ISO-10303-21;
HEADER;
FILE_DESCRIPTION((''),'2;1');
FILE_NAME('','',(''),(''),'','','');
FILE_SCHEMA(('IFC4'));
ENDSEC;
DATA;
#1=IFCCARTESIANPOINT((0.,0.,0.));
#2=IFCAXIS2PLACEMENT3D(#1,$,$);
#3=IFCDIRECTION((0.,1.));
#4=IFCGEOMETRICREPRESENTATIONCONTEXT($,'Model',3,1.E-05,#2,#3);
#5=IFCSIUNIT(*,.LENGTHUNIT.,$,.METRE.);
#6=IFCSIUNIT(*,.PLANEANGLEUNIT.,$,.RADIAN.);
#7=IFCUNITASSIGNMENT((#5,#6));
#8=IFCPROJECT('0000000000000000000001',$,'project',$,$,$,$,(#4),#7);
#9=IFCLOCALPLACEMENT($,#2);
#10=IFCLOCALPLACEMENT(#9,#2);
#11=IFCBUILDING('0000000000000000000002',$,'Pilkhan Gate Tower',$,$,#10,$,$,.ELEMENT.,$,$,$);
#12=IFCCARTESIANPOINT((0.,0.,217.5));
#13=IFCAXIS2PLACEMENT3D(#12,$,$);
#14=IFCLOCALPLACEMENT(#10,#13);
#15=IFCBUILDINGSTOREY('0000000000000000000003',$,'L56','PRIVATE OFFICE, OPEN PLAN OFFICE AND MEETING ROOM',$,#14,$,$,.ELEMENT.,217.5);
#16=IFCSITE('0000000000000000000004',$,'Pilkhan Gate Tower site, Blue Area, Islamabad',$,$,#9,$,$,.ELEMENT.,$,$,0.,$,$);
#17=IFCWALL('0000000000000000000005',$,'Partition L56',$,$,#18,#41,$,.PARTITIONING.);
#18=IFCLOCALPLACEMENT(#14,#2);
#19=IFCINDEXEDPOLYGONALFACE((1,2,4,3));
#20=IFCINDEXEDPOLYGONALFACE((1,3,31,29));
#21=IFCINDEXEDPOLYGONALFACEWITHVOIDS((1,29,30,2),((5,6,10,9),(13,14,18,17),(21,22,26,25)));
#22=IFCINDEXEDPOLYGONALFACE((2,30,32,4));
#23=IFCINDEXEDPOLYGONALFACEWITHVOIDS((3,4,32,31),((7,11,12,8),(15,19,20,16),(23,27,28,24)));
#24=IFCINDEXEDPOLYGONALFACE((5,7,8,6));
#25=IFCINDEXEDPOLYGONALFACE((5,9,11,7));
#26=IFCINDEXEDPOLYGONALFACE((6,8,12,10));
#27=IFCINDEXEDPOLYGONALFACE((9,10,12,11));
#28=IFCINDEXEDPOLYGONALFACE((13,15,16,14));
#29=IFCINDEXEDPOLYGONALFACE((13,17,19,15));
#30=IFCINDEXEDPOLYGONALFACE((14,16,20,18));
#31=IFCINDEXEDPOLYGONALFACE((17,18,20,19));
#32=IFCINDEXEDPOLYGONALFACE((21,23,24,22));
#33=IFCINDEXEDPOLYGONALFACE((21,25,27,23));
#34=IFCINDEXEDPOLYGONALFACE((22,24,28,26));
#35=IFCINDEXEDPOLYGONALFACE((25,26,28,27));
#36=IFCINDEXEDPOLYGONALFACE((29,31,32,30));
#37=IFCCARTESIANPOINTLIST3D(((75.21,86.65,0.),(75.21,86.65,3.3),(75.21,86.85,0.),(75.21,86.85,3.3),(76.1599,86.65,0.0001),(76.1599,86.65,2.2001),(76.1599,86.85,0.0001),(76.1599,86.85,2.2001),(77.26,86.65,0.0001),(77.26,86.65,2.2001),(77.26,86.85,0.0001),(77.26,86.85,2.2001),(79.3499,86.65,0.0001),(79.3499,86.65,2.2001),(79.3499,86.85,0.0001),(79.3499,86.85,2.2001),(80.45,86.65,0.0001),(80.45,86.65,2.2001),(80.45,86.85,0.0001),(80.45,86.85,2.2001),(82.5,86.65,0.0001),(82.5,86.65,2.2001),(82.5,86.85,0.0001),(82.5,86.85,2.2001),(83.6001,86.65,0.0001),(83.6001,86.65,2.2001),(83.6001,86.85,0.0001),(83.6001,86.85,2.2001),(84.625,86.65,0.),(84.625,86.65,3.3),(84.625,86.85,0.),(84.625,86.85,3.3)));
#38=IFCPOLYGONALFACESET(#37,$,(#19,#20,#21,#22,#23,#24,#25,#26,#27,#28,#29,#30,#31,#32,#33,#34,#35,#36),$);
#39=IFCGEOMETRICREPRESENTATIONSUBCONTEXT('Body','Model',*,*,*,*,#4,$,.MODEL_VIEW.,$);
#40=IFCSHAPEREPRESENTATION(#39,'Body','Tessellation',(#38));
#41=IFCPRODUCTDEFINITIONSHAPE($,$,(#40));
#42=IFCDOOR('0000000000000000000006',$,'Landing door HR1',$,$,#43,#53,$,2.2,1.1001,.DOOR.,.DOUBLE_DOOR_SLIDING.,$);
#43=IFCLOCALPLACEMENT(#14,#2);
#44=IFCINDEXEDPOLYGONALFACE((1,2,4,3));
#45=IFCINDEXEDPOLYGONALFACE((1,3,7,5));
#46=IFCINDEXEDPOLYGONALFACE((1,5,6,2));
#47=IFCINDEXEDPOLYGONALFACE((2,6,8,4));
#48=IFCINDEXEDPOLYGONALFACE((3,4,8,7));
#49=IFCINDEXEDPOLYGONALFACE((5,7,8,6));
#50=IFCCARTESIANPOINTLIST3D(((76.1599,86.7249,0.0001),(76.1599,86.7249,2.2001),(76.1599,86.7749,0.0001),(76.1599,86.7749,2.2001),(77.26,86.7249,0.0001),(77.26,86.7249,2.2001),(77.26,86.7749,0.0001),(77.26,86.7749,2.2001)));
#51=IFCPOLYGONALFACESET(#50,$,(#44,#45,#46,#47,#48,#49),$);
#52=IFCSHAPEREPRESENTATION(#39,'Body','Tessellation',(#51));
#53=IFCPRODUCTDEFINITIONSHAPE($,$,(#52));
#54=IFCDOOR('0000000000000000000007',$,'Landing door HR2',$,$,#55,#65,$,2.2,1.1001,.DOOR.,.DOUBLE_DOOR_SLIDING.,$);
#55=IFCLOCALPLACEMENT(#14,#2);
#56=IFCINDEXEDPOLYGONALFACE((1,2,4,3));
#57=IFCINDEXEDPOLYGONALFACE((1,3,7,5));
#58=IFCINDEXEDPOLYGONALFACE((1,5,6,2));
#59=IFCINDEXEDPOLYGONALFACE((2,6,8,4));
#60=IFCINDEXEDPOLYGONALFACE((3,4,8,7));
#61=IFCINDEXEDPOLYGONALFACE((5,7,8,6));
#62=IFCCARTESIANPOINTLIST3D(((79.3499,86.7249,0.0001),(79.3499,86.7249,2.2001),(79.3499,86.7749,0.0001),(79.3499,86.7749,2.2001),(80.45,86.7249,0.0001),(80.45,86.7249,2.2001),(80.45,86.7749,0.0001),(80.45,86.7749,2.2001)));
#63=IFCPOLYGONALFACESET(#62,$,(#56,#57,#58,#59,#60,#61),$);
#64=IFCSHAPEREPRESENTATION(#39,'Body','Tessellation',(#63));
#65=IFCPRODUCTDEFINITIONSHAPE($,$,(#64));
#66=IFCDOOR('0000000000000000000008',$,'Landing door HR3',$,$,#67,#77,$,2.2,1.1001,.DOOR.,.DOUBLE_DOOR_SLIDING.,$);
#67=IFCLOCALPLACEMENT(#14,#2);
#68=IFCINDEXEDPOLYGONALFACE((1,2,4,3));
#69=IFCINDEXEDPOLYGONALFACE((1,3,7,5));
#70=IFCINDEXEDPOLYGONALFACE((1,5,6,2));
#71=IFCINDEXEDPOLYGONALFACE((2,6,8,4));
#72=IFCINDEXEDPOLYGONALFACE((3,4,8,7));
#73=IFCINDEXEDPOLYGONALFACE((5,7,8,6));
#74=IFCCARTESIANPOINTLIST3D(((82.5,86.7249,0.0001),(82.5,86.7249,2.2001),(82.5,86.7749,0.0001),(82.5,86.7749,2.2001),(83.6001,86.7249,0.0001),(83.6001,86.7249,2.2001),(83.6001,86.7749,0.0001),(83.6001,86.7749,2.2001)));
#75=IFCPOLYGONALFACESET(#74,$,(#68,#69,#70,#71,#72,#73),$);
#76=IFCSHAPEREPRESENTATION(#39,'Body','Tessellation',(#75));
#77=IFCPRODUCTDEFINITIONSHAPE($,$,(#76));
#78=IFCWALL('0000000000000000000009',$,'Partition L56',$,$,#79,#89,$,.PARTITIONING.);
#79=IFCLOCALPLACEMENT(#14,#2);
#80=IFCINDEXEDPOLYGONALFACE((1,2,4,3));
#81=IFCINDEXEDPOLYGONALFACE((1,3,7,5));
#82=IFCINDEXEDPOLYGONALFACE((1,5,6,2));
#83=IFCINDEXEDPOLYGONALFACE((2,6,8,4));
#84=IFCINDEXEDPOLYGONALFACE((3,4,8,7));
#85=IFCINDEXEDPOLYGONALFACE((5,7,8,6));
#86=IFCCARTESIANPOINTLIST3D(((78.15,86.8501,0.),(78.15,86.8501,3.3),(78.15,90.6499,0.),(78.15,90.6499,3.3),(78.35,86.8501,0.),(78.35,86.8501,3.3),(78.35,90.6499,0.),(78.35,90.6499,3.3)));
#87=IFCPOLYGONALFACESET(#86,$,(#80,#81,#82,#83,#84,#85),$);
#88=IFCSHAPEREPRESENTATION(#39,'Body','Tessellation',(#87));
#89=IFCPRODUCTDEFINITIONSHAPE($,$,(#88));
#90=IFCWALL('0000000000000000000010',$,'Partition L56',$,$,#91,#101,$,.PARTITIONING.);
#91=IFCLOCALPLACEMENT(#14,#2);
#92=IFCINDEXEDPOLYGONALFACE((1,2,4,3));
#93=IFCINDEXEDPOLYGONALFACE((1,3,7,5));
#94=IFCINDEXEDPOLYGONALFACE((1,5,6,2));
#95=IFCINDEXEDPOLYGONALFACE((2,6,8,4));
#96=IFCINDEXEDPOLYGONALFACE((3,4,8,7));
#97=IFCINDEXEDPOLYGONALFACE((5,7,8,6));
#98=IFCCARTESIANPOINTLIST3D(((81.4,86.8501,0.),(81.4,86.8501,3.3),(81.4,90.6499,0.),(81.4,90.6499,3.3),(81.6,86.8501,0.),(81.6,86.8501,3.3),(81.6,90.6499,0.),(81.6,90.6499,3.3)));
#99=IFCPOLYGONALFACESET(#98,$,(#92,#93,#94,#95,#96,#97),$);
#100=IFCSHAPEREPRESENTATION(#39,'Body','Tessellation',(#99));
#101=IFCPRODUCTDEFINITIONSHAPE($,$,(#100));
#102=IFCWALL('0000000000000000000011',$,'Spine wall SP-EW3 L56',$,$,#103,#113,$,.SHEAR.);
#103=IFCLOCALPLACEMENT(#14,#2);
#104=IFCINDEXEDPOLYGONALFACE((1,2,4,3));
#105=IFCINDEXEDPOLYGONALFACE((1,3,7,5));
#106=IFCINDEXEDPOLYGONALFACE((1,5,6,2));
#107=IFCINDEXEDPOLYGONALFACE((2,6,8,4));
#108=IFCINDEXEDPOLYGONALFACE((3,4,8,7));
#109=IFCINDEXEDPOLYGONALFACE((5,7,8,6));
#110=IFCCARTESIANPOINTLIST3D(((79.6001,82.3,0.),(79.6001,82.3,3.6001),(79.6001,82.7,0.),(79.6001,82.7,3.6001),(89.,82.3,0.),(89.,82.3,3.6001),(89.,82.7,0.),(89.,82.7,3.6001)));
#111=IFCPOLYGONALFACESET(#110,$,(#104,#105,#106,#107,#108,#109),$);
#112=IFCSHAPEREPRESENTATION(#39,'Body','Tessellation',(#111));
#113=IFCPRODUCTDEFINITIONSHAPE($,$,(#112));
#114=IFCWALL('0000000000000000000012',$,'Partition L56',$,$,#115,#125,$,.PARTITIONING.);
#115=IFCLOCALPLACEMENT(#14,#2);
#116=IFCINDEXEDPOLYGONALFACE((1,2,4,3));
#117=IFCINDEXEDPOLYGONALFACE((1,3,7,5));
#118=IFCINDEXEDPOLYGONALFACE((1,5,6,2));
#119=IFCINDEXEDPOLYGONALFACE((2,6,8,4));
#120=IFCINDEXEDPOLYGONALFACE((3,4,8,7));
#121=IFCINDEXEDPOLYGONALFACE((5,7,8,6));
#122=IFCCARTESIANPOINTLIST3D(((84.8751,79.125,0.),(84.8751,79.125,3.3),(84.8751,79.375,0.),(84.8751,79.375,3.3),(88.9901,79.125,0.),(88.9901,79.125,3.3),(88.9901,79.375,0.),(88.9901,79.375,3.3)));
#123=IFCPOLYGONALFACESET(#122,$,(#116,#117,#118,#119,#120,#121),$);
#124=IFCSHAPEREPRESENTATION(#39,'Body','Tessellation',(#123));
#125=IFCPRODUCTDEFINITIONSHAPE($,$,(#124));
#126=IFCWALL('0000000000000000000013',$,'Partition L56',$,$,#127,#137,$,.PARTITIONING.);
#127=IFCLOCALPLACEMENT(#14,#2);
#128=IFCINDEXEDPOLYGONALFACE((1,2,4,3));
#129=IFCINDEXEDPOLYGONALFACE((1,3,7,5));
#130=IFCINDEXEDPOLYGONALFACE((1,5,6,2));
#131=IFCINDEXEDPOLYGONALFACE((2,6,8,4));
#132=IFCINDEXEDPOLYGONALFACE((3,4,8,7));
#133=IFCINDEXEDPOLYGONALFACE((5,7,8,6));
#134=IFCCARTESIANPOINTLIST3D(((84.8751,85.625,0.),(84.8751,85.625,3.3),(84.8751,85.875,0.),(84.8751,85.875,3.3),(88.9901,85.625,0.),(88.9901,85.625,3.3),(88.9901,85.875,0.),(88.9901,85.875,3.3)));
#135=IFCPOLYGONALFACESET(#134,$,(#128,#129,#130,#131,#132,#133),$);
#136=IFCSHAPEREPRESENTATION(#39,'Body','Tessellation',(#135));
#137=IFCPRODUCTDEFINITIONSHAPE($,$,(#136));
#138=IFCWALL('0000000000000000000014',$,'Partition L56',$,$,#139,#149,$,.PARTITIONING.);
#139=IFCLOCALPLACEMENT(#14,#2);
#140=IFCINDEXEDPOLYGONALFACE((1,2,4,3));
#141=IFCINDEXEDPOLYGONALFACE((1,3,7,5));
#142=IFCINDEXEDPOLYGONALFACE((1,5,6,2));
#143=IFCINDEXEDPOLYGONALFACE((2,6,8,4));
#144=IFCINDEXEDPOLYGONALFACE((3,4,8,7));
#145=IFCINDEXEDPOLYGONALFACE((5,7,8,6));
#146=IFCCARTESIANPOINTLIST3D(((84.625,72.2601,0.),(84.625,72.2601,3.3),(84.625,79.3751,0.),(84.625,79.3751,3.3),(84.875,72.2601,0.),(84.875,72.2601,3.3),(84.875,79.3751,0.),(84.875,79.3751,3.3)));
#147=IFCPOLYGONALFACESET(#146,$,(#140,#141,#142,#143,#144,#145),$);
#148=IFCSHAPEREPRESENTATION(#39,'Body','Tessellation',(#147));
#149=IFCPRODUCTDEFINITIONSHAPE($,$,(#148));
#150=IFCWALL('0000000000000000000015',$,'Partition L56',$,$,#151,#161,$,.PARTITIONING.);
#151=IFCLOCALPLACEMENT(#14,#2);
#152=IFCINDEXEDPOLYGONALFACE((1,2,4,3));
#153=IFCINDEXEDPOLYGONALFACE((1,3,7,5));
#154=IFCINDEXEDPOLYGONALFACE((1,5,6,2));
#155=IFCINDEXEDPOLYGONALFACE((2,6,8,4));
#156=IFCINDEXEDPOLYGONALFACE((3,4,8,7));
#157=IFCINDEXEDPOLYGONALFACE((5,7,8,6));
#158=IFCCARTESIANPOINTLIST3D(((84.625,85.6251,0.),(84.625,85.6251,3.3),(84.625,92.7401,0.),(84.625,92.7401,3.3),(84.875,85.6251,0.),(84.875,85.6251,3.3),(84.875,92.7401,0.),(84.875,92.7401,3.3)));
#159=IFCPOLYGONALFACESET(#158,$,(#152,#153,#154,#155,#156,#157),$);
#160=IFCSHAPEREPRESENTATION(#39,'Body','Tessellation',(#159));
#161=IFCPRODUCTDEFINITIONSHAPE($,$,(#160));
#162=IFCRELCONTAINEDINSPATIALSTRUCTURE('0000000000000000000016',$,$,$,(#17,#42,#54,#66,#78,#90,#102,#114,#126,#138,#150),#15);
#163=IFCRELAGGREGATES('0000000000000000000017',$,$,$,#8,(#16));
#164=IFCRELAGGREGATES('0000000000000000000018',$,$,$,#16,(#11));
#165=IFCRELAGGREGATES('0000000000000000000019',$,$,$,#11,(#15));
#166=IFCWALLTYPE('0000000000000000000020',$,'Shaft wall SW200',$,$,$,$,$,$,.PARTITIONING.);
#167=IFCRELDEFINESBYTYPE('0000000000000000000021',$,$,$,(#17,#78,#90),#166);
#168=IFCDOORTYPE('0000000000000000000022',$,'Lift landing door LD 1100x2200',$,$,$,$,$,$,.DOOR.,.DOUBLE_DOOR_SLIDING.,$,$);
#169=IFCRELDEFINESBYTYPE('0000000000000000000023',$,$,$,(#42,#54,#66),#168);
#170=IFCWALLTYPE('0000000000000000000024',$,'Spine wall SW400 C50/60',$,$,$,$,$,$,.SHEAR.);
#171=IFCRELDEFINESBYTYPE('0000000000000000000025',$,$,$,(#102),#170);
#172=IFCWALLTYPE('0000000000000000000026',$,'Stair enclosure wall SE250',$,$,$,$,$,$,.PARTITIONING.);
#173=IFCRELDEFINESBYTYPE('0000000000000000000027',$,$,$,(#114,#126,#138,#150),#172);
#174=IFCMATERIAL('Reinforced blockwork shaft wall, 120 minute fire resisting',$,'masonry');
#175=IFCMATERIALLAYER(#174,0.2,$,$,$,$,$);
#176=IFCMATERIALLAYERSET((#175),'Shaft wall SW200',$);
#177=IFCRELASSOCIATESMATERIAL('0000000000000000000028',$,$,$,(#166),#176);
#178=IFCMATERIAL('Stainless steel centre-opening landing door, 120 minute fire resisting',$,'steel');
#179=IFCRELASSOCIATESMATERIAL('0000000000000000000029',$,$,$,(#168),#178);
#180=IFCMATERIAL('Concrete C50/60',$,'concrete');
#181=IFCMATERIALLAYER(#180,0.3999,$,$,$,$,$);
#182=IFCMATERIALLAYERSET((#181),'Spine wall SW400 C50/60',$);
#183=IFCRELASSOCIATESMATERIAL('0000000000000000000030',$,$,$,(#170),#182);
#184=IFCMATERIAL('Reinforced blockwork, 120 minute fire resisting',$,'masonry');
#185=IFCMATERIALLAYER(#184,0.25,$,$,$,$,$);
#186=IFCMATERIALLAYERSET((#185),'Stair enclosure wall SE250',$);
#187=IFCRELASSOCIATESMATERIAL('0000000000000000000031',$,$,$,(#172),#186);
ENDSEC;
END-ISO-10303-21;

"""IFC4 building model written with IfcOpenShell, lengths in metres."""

from ifc_helpers import new_model, si_unit, direction, frame, frame_2d, origin, place, context, subcontext, project, spatial, rectangle, extrude, material, layer, layer_set, type_object, element, fill, save


model = new_model("IFC4")

# Units and contexts
model_context = context("Model", 3, precision=1e-05, world=origin(), true_north=direction((0.0, 1.0)))
body_context = subcontext(model_context, "Body", "Model", "MODEL_VIEW")
ifc_project = project(units=[si_unit("LENGTHUNIT", "METRE"), si_unit("PLANEANGLEUNIT", "RADIAN")], contexts=[model_context])

# Site, building, storey
site_placement = place(None, origin())
site = spatial("IfcSite", under=ifc_project, at=site_placement, Name="Pilkhan Gate Tower site, Blue Area, Islamabad", CompositionType="ELEMENT", RefElevation=0.0)
building_placement = place(site_placement, origin())
building = spatial("IfcBuilding", under=site, at=building_placement, Name="Pilkhan Gate Tower", CompositionType="ELEMENT")
storey_placement = place(building_placement, frame((0.0, 0.0, 217.5)))
storey = spatial("IfcBuildingStorey", under=building, at=storey_placement, Name="L56", Description="PRIVATE OFFICE, OPEN PLAN OFFICE AND MEETING ROOM", CompositionType="ELEMENT", Elevation=217.5)

# Shared definitions
ifc_material_1 = material(Name="Concrete C50/60", Category="concrete")

# Wall, openings, doors
ifc_material_2 = material(Name="Reinforced blockwork shaft wall, 120 minute fire resisting", Category="masonry")
ifc_layer_1 = layer(ifc_material_2, 0.2)
ifc_layer_set_1 = layer_set([ifc_layer_1], Name="Shaft wall SW200")
wall_type_1 = type_object("IfcWallType", Name="Shaft wall SW200", PredefinedType="PARTITIONING", material=ifc_layer_set_1)
wall_1_placement = place(storey_placement, frame((75.21, 86.75, 0.0), z_axis=(0.0, 0.0, 1.0), x_axis=(1.0, 0.0, 0.0)))
wall_1 = element("IfcWall", 1, at=wall_1_placement, inside=storey, type_object=wall_type_1, Name="Partition L56", PredefinedType="PARTITIONING", context=body_context, shape_type="SweptSolid", body=[
    extrude(rectangle(XDim=9.415, YDim=0.2, at=frame_2d((4.7075, 0.0))), origin(), (0.0, 0.0, 1.0), 3.3),
])
opening_1_placement = place(wall_1_placement, frame((0.95, 0.0, 0.0)))
opening_1 = element("IfcOpeningElement", 2, at=opening_1_placement, cuts=wall_1, PredefinedType="OPENING", context=body_context, shape_type="SweptSolid", body=[
    extrude(rectangle(XDim=1.1001, YDim=2.2, at=frame_2d((0.55, 1.1001))), frame((0.0, 0.1099, 0.0), z_axis=(0.0, -1.0, 0.0), x_axis=(1.0, 0.0, 0.0)), (0.0, 0.0, 1.0), 0.22),
])
opening_2_placement = place(wall_1_placement, frame((4.1399, 0.0, 0.0)))
opening_2 = element("IfcOpeningElement", 3, at=opening_2_placement, cuts=wall_1, PredefinedType="OPENING", context=body_context, shape_type="SweptSolid", body=[
    extrude(rectangle(XDim=1.1001, YDim=2.2, at=frame_2d((0.55, 1.1001))), frame((0.0, 0.1099, 0.0), z_axis=(0.0, -1.0, 0.0), x_axis=(1.0, 0.0, 0.0)), (0.0, 0.0, 1.0), 0.22),
])
opening_3_placement = place(wall_1_placement, frame((7.29, 0.0, 0.0)))
opening_3 = element("IfcOpeningElement", 4, at=opening_3_placement, cuts=wall_1, PredefinedType="OPENING", context=body_context, shape_type="SweptSolid", body=[
    extrude(rectangle(XDim=1.1001, YDim=2.2, at=frame_2d((0.55, 1.1001))), frame((0.0, 0.1099, 0.0), z_axis=(0.0, -1.0, 0.0), x_axis=(1.0, 0.0, 0.0)), (0.0, 0.0, 1.0), 0.22),
])
ifc_material_3 = material(Name="Stainless steel centre-opening landing door, 120 minute fire resisting", Category="steel")
door_type_1 = type_object("IfcDoorType", Name="Lift landing door LD 1100x2200", OperationType="DOUBLE_DOOR_SLIDING", PredefinedType="DOOR", material=ifc_material_3)
door_1_placement = place(opening_1_placement, origin())
door_1 = element("IfcDoor", 5, at=door_1_placement, inside=storey, type_object=door_type_1, Name="Landing door HR1", OperationType="DOUBLE_DOOR_SLIDING", OverallHeight=2.2, OverallWidth=1.1001, PredefinedType="DOOR", context=body_context, shape_type="SweptSolid", body=[
    extrude(rectangle(XDim=1.1001, YDim=2.2, at=frame_2d((0.55, 1.1001))), frame((0.0, 0.0249, 0.0), z_axis=(0.0, -1.0, 0.0), x_axis=(1.0, 0.0, 0.0)), (0.0, 0.0, 1.0), 0.05),
])
fill(opening_1, door_1)
door_2_placement = place(opening_2_placement, origin())
door_2 = element("IfcDoor", 6, at=door_2_placement, inside=storey, type_object=door_type_1, Name="Landing door HR2", OperationType="DOUBLE_DOOR_SLIDING", OverallHeight=2.2, OverallWidth=1.1001, PredefinedType="DOOR", context=body_context, shape_type="SweptSolid", body=[
    extrude(rectangle(XDim=1.1001, YDim=2.2, at=frame_2d((0.55, 1.1001))), frame((0.0, 0.0249, 0.0), z_axis=(0.0, -1.0, 0.0), x_axis=(1.0, 0.0, 0.0)), (0.0, 0.0, 1.0), 0.05),
])
fill(opening_2, door_2)
door_3_placement = place(opening_3_placement, origin())
door_3 = element("IfcDoor", 7, at=door_3_placement, inside=storey, type_object=door_type_1, Name="Landing door HR3", OperationType="DOUBLE_DOOR_SLIDING", OverallHeight=2.2, OverallWidth=1.1001, PredefinedType="DOOR", context=body_context, shape_type="SweptSolid", body=[
    extrude(rectangle(XDim=1.1001, YDim=2.2, at=frame_2d((0.55, 1.1001))), frame((0.0, 0.0249, 0.0), z_axis=(0.0, -1.0, 0.0), x_axis=(1.0, 0.0, 0.0)), (0.0, 0.0, 1.0), 0.05),
])
fill(opening_3, door_3)

# Walls
for number, where, z_axis, x_axis, name in (
    (8, (78.25, 86.8501, 0.0), (0.0, 0.0, 1.0), (0.0, 1.0, 0.0), "Partition L56"),
    (9, (81.5, 86.8501, 0.0), (0.0, 0.0, 1.0), (0.0, 1.0, 0.0), "Partition L56"),
):
    element("IfcWall", number, at=place(storey_placement, frame(where, z_axis=z_axis, x_axis=x_axis)), inside=storey, type_object=wall_type_1, Name=name, PredefinedType="PARTITIONING", context=body_context, shape_type="SweptSolid", body=[
        extrude(rectangle(XDim=3.7998, YDim=0.2, at=frame_2d((1.8999, 0.0))), origin(), (0.0, 0.0, 1.0), 3.3),
    ])
ifc_layer_2 = layer(ifc_material_1, 0.3999)
ifc_layer_set_2 = layer_set([ifc_layer_2], Name="Spine wall SW400 C50/60")
wall_type_2 = type_object("IfcWallType", Name="Spine wall SW400 C50/60", PredefinedType="SHEAR", material=ifc_layer_set_2)
wall_2_placement = place(storey_placement, frame((79.6001, 82.5, 0.0), z_axis=(0.0, 0.0, 1.0), x_axis=(1.0, 0.0, 0.0)))
element("IfcWall", 10, at=wall_2_placement, inside=storey, type_object=wall_type_2, Name="Spine wall SP-EW3 L56", PredefinedType="SHEAR", context=body_context, shape_type="SweptSolid", body=[
    extrude(rectangle(XDim=9.3999, YDim=0.3999, at=frame_2d((4.7, 0.0))), origin(), (0.0, 0.0, 1.0), 3.6001),
])
ifc_material_4 = material(Name="Reinforced blockwork, 120 minute fire resisting", Category="masonry")
ifc_layer_3 = layer(ifc_material_4, 0.25)
ifc_layer_set_3 = layer_set([ifc_layer_3], Name="Stair enclosure wall SE250")
wall_type_3 = type_object("IfcWallType", Name="Stair enclosure wall SE250", PredefinedType="PARTITIONING", material=ifc_layer_set_3)
for number, where, z_axis, x_axis, name in (
    (11, (84.875, 79.25, 0.0), (0.0, 0.0, 1.0), (1.0, 0.0, 0.0), "Partition L56"),
    (12, (84.875, 85.75, 0.0), (0.0, 0.0, 1.0), (1.0, 0.0, 0.0), "Partition L56"),
):
    element("IfcWall", number, at=place(storey_placement, frame(where, z_axis=z_axis, x_axis=x_axis)), inside=storey, type_object=wall_type_3, Name=name, PredefinedType="PARTITIONING", context=body_context, shape_type="SweptSolid", body=[
        extrude(rectangle(XDim=4.115, YDim=0.25, at=frame_2d((2.0576, 0.0))), origin(), (0.0, 0.0, 1.0), 3.3),
    ])
for number, where, z_axis, x_axis, name in (
    (13, (84.75, 72.26, 0.0), (0.0, 0.0, 1.0), (0.0, 1.0, 0.0), "Partition L56"),
    (14, (84.75, 85.625, 0.0), (0.0, 0.0, 1.0), (0.0, 1.0, 0.0), "Partition L56"),
):
    element("IfcWall", number, at=place(storey_placement, frame(where, z_axis=z_axis, x_axis=x_axis)), inside=storey, type_object=wall_type_3, Name=name, PredefinedType="PARTITIONING", context=body_context, shape_type="SweptSolid", body=[
        extrude(rectangle(XDim=7.115, YDim=0.25, at=frame_2d((3.5576, 0.0))), origin(), (0.0, 0.0, 1.0), 3.3),
    ])

save(model, "model.ifc")
